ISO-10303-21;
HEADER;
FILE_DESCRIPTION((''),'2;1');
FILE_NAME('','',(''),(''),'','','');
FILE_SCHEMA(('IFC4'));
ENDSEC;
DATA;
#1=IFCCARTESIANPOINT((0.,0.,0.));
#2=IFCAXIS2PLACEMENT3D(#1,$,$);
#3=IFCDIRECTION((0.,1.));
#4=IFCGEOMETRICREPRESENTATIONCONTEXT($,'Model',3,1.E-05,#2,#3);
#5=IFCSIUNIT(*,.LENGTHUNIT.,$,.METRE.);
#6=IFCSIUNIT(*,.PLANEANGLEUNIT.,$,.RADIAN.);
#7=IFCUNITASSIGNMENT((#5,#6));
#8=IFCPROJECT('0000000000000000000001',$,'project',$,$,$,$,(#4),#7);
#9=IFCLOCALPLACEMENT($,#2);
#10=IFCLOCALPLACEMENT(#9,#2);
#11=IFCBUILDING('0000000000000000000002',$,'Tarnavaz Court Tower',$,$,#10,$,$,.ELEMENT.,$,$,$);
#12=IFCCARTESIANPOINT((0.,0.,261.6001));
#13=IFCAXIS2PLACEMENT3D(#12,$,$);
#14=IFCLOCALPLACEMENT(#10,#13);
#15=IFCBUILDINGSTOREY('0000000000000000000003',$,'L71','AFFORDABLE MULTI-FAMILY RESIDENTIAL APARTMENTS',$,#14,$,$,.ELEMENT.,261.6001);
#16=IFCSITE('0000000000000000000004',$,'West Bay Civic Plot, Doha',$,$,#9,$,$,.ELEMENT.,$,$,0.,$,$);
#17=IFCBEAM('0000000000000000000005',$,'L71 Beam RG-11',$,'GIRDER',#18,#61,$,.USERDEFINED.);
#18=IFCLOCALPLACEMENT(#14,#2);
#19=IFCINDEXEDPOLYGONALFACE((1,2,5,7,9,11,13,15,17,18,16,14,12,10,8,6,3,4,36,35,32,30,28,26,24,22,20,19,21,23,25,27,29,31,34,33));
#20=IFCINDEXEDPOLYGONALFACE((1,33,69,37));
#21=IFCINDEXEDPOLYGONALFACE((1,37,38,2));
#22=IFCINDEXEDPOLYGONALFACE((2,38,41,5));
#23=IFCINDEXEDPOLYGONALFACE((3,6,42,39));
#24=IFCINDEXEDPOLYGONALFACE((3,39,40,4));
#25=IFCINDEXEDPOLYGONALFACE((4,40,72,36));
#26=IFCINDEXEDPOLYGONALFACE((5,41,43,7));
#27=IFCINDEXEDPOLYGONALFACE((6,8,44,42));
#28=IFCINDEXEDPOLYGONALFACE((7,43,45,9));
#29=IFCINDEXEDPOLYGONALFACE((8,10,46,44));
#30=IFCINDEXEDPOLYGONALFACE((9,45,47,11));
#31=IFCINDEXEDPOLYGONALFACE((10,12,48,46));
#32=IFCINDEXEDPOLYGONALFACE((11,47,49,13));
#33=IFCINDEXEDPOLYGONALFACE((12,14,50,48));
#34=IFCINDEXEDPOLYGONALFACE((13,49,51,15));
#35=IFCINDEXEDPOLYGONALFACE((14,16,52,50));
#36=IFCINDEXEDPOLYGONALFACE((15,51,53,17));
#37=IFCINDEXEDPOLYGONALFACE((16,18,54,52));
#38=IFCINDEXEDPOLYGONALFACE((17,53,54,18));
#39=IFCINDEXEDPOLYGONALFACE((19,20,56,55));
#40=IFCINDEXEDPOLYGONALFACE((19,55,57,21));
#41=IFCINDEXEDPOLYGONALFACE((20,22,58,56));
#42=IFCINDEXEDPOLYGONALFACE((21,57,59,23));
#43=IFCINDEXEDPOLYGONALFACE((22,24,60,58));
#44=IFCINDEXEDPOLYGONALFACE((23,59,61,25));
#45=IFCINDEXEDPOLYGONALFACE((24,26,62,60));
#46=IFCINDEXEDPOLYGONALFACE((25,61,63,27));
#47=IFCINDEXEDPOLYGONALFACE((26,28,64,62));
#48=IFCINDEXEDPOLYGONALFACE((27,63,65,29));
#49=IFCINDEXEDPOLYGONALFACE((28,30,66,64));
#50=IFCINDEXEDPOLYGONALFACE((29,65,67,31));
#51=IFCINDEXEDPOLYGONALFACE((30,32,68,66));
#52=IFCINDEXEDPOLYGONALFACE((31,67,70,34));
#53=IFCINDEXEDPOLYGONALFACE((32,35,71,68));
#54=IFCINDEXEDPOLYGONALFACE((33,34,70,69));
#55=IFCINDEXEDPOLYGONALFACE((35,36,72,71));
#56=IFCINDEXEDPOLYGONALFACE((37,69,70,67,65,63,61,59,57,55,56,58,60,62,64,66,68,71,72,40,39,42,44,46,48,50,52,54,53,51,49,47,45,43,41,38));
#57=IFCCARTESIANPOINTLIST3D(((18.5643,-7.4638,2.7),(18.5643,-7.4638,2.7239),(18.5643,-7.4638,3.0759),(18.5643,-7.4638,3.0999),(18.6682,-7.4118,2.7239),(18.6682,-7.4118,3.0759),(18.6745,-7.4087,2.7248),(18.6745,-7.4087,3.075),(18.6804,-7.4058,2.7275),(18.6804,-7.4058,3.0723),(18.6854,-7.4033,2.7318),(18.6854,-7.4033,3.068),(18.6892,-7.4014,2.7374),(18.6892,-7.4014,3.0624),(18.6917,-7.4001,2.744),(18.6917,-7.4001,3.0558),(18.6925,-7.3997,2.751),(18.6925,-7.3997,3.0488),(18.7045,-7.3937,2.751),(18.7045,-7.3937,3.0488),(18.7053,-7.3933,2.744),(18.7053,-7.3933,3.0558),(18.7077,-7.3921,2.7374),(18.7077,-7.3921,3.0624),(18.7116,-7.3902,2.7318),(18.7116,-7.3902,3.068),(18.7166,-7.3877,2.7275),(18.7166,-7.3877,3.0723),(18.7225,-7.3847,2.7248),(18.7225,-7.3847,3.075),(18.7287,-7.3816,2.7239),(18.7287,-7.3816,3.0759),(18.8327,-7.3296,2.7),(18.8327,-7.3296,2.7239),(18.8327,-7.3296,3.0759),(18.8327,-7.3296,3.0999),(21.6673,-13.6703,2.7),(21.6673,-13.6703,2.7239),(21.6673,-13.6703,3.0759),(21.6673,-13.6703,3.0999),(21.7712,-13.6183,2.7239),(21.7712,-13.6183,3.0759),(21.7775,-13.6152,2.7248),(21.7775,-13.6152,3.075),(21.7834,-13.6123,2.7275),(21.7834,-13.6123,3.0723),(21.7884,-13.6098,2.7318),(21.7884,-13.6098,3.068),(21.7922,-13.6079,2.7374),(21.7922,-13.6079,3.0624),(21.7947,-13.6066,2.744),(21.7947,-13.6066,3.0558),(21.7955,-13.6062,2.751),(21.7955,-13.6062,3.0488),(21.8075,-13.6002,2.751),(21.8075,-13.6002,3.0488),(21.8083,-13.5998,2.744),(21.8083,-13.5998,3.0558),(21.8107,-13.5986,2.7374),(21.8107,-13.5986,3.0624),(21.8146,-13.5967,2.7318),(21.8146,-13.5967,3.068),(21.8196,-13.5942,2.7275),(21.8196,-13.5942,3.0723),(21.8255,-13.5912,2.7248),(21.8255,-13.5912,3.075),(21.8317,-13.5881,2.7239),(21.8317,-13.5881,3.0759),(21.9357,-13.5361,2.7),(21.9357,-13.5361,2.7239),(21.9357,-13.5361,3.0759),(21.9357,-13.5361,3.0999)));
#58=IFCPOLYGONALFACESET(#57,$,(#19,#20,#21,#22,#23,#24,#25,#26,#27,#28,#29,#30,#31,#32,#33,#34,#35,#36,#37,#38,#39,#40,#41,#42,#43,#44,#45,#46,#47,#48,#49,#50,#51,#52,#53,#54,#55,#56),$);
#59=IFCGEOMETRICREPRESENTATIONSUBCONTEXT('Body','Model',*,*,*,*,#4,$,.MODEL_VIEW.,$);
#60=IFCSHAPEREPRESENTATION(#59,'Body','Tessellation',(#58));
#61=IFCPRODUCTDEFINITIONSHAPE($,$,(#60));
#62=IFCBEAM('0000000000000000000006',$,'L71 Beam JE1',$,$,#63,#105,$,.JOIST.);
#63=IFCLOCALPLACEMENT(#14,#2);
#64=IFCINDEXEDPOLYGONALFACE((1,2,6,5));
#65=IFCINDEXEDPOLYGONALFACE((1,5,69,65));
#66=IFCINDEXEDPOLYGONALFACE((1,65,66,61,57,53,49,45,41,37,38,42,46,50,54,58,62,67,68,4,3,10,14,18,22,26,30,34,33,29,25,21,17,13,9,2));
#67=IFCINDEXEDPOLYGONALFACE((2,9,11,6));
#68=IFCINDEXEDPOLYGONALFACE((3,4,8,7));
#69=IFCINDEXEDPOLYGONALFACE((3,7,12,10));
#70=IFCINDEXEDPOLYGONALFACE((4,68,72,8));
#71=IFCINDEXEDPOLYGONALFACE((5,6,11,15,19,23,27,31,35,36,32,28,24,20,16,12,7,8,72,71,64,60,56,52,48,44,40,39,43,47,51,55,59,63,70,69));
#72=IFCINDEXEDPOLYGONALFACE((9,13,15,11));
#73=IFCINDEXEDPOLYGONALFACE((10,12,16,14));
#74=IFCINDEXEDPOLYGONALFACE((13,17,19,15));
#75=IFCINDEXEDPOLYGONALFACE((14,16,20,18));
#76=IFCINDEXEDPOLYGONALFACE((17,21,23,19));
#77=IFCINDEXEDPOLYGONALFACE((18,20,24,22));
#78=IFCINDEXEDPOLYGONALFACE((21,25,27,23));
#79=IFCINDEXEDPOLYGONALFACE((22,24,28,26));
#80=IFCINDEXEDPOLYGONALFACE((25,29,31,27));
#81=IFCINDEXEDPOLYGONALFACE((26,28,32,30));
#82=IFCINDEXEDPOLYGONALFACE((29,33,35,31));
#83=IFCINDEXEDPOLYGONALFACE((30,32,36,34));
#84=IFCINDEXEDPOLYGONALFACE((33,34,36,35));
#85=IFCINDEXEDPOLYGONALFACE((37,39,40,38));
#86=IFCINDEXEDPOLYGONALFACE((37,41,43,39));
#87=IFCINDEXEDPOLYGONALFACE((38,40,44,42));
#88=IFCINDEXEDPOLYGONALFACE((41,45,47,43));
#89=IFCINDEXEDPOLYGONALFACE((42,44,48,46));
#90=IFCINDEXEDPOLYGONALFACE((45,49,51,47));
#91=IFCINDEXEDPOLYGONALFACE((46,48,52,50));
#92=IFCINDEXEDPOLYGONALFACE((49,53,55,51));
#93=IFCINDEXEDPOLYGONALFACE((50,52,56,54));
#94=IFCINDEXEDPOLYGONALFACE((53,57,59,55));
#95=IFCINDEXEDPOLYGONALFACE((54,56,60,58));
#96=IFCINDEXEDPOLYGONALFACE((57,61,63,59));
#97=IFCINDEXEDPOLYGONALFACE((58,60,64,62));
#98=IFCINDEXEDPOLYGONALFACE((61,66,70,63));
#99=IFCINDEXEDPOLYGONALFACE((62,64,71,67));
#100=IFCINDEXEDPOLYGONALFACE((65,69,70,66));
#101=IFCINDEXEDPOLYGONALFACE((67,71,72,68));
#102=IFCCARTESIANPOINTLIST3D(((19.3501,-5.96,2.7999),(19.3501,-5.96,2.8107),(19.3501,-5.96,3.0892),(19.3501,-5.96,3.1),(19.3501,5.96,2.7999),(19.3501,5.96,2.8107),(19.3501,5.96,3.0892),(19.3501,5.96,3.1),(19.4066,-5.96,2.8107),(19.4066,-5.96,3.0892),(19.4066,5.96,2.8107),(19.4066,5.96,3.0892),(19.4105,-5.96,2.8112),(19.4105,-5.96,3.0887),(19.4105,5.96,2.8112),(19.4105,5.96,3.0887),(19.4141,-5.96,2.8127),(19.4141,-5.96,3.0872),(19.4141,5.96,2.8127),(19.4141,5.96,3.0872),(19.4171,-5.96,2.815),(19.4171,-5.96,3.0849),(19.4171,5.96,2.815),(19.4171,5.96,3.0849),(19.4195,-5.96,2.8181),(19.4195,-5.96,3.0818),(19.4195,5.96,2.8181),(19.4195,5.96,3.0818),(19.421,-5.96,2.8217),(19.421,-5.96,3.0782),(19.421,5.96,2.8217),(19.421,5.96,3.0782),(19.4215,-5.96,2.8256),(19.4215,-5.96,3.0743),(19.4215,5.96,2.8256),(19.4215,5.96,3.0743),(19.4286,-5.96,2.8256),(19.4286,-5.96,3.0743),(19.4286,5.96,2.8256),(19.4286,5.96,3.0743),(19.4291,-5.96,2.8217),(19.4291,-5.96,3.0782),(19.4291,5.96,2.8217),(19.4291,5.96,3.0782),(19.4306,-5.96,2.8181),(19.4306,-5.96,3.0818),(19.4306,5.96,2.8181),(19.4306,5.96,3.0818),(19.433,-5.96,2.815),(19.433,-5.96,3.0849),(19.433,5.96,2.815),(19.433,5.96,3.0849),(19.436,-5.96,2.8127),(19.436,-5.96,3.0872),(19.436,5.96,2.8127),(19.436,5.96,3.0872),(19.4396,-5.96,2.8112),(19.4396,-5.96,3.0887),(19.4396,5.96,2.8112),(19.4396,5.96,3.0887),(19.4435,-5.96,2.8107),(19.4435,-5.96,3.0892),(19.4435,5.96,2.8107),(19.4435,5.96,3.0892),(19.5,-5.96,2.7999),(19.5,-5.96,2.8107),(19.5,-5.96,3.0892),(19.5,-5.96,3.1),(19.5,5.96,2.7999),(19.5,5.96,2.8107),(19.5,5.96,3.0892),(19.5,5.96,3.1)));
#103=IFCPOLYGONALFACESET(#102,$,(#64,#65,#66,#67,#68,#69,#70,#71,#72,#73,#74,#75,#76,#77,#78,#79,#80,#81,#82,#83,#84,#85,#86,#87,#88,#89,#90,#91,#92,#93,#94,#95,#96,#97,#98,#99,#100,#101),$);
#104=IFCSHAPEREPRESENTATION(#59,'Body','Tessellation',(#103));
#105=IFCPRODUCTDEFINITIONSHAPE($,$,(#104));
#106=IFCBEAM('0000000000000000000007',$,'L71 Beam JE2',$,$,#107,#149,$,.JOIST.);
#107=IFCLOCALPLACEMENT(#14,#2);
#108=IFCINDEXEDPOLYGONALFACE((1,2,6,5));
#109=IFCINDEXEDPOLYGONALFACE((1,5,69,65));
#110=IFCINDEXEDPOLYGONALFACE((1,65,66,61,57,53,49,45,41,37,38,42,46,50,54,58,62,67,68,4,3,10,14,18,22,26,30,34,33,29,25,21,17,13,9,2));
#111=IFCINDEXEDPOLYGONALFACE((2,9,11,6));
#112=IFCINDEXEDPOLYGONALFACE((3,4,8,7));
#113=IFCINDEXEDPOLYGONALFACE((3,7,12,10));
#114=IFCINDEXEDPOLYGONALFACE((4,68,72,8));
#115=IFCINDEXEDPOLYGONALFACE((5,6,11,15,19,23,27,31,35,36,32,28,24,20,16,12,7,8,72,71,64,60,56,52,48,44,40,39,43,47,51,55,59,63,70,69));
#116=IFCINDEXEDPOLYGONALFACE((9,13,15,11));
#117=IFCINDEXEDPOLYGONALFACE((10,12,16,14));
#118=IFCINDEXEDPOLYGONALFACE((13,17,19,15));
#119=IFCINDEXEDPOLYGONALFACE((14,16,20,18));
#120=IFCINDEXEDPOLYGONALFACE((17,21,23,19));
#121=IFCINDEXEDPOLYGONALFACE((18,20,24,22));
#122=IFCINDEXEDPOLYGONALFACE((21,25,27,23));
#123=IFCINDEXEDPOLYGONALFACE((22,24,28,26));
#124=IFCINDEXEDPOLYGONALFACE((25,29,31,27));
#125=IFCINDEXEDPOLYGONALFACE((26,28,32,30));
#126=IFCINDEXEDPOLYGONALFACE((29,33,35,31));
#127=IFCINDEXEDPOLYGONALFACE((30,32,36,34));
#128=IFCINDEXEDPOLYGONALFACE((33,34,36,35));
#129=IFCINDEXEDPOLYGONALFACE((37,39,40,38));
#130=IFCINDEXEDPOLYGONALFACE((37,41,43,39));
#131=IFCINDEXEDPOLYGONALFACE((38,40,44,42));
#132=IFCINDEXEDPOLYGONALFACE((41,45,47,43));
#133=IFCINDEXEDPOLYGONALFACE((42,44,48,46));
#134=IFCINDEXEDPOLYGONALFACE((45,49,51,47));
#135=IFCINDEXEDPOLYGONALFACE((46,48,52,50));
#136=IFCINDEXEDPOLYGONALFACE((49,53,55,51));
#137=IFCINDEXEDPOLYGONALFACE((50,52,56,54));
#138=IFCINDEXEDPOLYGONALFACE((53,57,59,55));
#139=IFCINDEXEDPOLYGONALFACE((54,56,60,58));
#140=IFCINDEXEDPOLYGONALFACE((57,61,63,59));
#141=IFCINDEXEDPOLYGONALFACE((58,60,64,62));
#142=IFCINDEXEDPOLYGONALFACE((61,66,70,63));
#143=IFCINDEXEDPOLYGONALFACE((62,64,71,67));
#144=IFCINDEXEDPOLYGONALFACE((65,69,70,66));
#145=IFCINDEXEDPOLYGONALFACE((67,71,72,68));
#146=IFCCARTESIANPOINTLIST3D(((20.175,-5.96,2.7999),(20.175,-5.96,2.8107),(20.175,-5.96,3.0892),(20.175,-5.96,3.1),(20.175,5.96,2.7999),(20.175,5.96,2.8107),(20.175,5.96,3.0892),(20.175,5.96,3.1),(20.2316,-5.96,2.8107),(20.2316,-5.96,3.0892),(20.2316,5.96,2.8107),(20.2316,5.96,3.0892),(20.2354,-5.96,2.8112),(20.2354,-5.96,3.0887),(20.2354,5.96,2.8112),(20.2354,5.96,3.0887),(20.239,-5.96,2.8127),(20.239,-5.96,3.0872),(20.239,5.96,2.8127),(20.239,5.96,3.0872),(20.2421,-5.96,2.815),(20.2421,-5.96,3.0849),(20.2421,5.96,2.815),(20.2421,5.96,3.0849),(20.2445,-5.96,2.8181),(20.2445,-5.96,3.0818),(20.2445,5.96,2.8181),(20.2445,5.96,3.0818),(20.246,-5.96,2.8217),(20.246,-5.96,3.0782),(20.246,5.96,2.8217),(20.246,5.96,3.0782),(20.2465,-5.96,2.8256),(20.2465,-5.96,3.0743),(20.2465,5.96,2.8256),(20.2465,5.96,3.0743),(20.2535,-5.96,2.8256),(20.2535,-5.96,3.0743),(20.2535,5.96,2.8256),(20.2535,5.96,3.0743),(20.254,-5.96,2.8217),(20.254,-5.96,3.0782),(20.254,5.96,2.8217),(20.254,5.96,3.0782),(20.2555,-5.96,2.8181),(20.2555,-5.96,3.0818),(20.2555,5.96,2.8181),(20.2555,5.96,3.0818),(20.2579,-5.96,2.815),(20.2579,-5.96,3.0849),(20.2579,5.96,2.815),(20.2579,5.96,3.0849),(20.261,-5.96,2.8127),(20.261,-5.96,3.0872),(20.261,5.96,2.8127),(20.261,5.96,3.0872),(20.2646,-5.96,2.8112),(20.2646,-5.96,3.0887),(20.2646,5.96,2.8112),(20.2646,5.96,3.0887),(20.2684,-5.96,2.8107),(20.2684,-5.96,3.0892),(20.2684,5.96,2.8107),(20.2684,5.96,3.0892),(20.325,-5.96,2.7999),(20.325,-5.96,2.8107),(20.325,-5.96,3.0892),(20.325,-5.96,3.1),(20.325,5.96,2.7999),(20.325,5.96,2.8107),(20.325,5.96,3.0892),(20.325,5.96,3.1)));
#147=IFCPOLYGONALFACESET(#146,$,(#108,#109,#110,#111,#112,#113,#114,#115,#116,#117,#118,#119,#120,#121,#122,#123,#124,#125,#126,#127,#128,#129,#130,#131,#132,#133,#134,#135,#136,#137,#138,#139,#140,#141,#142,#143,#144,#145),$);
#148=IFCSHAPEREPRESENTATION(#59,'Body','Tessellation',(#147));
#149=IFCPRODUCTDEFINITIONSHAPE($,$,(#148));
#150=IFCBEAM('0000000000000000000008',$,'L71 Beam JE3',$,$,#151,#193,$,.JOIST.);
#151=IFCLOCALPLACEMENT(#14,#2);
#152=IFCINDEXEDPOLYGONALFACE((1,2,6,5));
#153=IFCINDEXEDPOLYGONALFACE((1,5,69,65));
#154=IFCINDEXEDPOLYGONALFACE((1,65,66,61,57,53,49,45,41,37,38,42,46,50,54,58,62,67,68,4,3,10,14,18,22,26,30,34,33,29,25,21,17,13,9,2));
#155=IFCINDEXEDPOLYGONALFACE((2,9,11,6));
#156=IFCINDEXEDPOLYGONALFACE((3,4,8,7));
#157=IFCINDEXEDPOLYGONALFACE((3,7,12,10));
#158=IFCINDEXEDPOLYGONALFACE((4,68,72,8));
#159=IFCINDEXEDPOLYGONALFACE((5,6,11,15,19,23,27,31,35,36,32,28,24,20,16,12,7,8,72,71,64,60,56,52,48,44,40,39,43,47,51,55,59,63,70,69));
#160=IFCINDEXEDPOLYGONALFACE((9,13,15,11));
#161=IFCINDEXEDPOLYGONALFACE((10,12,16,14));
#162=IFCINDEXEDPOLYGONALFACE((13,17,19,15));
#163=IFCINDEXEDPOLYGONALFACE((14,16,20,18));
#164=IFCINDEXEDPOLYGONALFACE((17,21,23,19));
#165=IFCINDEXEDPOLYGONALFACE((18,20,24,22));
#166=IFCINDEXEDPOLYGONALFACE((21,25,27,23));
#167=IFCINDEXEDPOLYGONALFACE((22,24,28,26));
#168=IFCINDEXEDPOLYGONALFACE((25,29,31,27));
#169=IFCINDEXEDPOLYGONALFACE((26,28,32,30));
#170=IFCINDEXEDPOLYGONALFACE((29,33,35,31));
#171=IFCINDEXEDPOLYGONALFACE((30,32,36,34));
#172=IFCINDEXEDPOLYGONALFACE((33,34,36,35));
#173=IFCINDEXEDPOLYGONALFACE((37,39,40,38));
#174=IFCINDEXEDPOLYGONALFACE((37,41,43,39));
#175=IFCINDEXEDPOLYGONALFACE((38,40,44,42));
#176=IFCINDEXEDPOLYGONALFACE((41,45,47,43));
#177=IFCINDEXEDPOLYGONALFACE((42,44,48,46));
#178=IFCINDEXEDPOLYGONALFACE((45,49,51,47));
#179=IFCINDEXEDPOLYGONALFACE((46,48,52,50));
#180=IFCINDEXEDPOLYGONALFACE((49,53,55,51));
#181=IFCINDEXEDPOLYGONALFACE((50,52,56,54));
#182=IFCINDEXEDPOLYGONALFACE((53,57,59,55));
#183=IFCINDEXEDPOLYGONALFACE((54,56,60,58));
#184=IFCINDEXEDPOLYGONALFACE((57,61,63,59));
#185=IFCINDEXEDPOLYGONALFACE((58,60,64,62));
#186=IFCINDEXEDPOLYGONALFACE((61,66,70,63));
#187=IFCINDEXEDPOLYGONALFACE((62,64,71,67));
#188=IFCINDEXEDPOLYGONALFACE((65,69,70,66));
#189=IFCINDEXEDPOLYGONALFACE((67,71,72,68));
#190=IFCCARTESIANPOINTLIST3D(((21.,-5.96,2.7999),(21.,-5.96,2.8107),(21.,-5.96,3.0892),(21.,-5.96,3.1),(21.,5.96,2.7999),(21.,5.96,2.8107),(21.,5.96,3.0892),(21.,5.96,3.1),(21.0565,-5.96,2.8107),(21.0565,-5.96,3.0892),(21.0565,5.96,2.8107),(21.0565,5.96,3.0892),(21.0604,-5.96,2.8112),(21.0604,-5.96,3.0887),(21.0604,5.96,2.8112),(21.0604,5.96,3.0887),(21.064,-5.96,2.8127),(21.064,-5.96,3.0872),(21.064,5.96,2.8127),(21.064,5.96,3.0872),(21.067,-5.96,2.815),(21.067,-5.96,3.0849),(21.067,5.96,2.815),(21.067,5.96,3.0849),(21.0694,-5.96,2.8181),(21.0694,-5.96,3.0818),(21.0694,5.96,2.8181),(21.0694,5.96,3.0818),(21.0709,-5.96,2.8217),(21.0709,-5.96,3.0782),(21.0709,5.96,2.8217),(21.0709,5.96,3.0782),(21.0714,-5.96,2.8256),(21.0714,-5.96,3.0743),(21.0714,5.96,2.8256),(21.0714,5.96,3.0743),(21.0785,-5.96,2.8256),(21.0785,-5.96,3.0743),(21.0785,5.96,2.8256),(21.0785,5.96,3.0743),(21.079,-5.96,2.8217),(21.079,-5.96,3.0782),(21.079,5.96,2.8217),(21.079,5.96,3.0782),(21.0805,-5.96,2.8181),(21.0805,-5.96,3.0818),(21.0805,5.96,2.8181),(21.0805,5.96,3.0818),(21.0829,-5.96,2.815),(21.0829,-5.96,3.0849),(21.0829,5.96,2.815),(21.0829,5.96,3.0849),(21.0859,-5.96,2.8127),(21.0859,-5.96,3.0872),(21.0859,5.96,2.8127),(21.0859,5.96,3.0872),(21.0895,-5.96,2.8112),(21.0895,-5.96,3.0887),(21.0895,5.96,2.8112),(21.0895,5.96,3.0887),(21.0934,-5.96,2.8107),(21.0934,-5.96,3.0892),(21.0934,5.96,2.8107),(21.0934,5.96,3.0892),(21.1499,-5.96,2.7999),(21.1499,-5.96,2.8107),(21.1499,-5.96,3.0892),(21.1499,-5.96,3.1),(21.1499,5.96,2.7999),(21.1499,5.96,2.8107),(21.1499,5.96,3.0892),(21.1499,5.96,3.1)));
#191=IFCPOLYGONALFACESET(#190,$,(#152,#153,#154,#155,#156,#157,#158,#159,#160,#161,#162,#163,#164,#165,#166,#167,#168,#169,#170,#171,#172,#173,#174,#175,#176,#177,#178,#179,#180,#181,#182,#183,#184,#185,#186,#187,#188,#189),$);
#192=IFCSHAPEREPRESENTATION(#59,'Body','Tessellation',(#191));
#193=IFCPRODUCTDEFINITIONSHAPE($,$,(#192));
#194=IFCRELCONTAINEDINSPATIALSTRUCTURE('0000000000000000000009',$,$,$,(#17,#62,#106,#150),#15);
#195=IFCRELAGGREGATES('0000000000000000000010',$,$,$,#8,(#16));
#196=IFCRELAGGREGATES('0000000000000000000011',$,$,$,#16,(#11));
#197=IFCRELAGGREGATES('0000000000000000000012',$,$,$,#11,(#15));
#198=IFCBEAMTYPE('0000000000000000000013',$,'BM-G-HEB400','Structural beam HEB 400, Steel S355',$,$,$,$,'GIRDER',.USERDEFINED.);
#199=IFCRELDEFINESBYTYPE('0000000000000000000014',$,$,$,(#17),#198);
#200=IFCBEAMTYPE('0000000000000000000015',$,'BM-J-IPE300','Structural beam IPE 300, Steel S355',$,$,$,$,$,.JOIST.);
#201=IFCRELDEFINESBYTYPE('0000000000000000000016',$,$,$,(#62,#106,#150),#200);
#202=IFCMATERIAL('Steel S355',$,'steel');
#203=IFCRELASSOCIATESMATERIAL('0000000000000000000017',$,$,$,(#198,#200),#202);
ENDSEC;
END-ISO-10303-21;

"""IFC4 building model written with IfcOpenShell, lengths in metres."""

from ifc_helpers import new_model, si_unit, direction, frame, origin, origin_2d, place, context, subcontext, project, spatial, i_section, extrude, material, material_profile, profile_set, type_object, element, save


model = new_model("IFC4")

# Units and contexts
model_context = context("Model", 3, precision=1e-05, world=origin(), true_north=direction((0.0, 1.0)))
body_context = subcontext(model_context, "Body", "Model", "MODEL_VIEW")
ifc_project = project(units=[si_unit("LENGTHUNIT", "METRE"), si_unit("PLANEANGLEUNIT", "RADIAN")], contexts=[model_context])

# Site, building, storey
site_placement = place(None, origin())
site = spatial("IfcSite", under=ifc_project, at=site_placement, Name="West Bay Civic Plot, Doha", CompositionType="ELEMENT", RefElevation=0.0)
building_placement = place(site_placement, origin())
building = spatial("IfcBuilding", under=site, at=building_placement, Name="Tarnavaz Court Tower", CompositionType="ELEMENT")
storey_placement = place(building_placement, frame((0.0, 0.0, 261.6001)))
storey = spatial("IfcBuildingStorey", under=building, at=storey_placement, Name="L71", Description="AFFORDABLE MULTI-FAMILY RESIDENTIAL APARTMENTS", CompositionType="ELEMENT", Elevation=261.6001)

# Beams
ifc_material_1 = material(Name="Steel S355", Category="steel")
ifc_material_profile_1 = material_profile(ifc_material_1, i_section(OverallWidth=0.3, OverallDepth=0.3999, WebThickness=0.0134, FlangeThickness=0.0239, FilletRadius=0.0271, at=origin_2d()), Name="HEB 400")
ifc_profile_set_1 = profile_set([ifc_material_profile_1], Name="Steel S355")
beam_type_1 = type_object("IfcBeamType", Name="BM-G-HEB400", Description="Structural beam HEB 400, Steel S355", ElementType="GIRDER", PredefinedType="USERDEFINED", material=ifc_profile_set_1)
beam_1_placement = place(storey_placement, frame((18.6985, -7.3967, 2.8999), z_axis=(0.447185, -0.894441, 0.0), x_axis=(0.894441, 0.447185, 0.0)))
element("IfcBeam", 1, at=beam_1_placement, inside=storey, type_object=beam_type_1, Name="L71 Beam RG-11", ObjectType="GIRDER", PredefinedType="USERDEFINED", context=body_context, shape_type="SweptSolid", body=[
    extrude(i_section(OverallWidth=0.3, OverallDepth=0.3999, WebThickness=0.0134, FlangeThickness=0.0239, FilletRadius=0.0271, at=origin_2d()), origin(), (0.0, 0.0, 1.0), 6.939),
])
ifc_material_profile_2 = material_profile(ifc_material_1, i_section(OverallWidth=0.1499, OverallDepth=0.3, WebThickness=0.0071, FlangeThickness=0.0107, FilletRadius=0.0149, at=origin_2d()), Name="IPE 300")
ifc_profile_set_2 = profile_set([ifc_material_profile_2], Name="Steel S355")
beam_type_2 = type_object("IfcBeamType", Name="BM-J-IPE300", Description="Structural beam IPE 300, Steel S355", PredefinedType="JOIST", material=ifc_profile_set_2)
for number, where, z_axis, x_axis, name in (
    (2, (19.425, -5.96, 2.95), (0.0, 1.0, 0.0), (-1.0, 0.0, 0.0), "L71 Beam JE1"),
    (3, (20.25, -5.96, 2.95), (0.0, 1.0, 0.0), (-1.0, 0.0, 0.0), "L71 Beam JE2"),
    (4, (21.075, -5.96, 2.95), (0.0, 1.0, 0.0), (-1.0, 0.0, 0.0), "L71 Beam JE3"),
):
    element("IfcBeam", number, at=place(storey_placement, frame(where, z_axis=z_axis, x_axis=x_axis)), inside=storey, type_object=beam_type_2, Name=name, PredefinedType="JOIST", context=body_context, shape_type="SweptSolid", body=[
        extrude(i_section(OverallWidth=0.1499, OverallDepth=0.3, WebThickness=0.0071, FlangeThickness=0.0107, FilletRadius=0.0149, at=origin_2d()), origin(), (0.0, 0.0, 1.0), 11.9199),
    ])

save(model, "model.ifc")
